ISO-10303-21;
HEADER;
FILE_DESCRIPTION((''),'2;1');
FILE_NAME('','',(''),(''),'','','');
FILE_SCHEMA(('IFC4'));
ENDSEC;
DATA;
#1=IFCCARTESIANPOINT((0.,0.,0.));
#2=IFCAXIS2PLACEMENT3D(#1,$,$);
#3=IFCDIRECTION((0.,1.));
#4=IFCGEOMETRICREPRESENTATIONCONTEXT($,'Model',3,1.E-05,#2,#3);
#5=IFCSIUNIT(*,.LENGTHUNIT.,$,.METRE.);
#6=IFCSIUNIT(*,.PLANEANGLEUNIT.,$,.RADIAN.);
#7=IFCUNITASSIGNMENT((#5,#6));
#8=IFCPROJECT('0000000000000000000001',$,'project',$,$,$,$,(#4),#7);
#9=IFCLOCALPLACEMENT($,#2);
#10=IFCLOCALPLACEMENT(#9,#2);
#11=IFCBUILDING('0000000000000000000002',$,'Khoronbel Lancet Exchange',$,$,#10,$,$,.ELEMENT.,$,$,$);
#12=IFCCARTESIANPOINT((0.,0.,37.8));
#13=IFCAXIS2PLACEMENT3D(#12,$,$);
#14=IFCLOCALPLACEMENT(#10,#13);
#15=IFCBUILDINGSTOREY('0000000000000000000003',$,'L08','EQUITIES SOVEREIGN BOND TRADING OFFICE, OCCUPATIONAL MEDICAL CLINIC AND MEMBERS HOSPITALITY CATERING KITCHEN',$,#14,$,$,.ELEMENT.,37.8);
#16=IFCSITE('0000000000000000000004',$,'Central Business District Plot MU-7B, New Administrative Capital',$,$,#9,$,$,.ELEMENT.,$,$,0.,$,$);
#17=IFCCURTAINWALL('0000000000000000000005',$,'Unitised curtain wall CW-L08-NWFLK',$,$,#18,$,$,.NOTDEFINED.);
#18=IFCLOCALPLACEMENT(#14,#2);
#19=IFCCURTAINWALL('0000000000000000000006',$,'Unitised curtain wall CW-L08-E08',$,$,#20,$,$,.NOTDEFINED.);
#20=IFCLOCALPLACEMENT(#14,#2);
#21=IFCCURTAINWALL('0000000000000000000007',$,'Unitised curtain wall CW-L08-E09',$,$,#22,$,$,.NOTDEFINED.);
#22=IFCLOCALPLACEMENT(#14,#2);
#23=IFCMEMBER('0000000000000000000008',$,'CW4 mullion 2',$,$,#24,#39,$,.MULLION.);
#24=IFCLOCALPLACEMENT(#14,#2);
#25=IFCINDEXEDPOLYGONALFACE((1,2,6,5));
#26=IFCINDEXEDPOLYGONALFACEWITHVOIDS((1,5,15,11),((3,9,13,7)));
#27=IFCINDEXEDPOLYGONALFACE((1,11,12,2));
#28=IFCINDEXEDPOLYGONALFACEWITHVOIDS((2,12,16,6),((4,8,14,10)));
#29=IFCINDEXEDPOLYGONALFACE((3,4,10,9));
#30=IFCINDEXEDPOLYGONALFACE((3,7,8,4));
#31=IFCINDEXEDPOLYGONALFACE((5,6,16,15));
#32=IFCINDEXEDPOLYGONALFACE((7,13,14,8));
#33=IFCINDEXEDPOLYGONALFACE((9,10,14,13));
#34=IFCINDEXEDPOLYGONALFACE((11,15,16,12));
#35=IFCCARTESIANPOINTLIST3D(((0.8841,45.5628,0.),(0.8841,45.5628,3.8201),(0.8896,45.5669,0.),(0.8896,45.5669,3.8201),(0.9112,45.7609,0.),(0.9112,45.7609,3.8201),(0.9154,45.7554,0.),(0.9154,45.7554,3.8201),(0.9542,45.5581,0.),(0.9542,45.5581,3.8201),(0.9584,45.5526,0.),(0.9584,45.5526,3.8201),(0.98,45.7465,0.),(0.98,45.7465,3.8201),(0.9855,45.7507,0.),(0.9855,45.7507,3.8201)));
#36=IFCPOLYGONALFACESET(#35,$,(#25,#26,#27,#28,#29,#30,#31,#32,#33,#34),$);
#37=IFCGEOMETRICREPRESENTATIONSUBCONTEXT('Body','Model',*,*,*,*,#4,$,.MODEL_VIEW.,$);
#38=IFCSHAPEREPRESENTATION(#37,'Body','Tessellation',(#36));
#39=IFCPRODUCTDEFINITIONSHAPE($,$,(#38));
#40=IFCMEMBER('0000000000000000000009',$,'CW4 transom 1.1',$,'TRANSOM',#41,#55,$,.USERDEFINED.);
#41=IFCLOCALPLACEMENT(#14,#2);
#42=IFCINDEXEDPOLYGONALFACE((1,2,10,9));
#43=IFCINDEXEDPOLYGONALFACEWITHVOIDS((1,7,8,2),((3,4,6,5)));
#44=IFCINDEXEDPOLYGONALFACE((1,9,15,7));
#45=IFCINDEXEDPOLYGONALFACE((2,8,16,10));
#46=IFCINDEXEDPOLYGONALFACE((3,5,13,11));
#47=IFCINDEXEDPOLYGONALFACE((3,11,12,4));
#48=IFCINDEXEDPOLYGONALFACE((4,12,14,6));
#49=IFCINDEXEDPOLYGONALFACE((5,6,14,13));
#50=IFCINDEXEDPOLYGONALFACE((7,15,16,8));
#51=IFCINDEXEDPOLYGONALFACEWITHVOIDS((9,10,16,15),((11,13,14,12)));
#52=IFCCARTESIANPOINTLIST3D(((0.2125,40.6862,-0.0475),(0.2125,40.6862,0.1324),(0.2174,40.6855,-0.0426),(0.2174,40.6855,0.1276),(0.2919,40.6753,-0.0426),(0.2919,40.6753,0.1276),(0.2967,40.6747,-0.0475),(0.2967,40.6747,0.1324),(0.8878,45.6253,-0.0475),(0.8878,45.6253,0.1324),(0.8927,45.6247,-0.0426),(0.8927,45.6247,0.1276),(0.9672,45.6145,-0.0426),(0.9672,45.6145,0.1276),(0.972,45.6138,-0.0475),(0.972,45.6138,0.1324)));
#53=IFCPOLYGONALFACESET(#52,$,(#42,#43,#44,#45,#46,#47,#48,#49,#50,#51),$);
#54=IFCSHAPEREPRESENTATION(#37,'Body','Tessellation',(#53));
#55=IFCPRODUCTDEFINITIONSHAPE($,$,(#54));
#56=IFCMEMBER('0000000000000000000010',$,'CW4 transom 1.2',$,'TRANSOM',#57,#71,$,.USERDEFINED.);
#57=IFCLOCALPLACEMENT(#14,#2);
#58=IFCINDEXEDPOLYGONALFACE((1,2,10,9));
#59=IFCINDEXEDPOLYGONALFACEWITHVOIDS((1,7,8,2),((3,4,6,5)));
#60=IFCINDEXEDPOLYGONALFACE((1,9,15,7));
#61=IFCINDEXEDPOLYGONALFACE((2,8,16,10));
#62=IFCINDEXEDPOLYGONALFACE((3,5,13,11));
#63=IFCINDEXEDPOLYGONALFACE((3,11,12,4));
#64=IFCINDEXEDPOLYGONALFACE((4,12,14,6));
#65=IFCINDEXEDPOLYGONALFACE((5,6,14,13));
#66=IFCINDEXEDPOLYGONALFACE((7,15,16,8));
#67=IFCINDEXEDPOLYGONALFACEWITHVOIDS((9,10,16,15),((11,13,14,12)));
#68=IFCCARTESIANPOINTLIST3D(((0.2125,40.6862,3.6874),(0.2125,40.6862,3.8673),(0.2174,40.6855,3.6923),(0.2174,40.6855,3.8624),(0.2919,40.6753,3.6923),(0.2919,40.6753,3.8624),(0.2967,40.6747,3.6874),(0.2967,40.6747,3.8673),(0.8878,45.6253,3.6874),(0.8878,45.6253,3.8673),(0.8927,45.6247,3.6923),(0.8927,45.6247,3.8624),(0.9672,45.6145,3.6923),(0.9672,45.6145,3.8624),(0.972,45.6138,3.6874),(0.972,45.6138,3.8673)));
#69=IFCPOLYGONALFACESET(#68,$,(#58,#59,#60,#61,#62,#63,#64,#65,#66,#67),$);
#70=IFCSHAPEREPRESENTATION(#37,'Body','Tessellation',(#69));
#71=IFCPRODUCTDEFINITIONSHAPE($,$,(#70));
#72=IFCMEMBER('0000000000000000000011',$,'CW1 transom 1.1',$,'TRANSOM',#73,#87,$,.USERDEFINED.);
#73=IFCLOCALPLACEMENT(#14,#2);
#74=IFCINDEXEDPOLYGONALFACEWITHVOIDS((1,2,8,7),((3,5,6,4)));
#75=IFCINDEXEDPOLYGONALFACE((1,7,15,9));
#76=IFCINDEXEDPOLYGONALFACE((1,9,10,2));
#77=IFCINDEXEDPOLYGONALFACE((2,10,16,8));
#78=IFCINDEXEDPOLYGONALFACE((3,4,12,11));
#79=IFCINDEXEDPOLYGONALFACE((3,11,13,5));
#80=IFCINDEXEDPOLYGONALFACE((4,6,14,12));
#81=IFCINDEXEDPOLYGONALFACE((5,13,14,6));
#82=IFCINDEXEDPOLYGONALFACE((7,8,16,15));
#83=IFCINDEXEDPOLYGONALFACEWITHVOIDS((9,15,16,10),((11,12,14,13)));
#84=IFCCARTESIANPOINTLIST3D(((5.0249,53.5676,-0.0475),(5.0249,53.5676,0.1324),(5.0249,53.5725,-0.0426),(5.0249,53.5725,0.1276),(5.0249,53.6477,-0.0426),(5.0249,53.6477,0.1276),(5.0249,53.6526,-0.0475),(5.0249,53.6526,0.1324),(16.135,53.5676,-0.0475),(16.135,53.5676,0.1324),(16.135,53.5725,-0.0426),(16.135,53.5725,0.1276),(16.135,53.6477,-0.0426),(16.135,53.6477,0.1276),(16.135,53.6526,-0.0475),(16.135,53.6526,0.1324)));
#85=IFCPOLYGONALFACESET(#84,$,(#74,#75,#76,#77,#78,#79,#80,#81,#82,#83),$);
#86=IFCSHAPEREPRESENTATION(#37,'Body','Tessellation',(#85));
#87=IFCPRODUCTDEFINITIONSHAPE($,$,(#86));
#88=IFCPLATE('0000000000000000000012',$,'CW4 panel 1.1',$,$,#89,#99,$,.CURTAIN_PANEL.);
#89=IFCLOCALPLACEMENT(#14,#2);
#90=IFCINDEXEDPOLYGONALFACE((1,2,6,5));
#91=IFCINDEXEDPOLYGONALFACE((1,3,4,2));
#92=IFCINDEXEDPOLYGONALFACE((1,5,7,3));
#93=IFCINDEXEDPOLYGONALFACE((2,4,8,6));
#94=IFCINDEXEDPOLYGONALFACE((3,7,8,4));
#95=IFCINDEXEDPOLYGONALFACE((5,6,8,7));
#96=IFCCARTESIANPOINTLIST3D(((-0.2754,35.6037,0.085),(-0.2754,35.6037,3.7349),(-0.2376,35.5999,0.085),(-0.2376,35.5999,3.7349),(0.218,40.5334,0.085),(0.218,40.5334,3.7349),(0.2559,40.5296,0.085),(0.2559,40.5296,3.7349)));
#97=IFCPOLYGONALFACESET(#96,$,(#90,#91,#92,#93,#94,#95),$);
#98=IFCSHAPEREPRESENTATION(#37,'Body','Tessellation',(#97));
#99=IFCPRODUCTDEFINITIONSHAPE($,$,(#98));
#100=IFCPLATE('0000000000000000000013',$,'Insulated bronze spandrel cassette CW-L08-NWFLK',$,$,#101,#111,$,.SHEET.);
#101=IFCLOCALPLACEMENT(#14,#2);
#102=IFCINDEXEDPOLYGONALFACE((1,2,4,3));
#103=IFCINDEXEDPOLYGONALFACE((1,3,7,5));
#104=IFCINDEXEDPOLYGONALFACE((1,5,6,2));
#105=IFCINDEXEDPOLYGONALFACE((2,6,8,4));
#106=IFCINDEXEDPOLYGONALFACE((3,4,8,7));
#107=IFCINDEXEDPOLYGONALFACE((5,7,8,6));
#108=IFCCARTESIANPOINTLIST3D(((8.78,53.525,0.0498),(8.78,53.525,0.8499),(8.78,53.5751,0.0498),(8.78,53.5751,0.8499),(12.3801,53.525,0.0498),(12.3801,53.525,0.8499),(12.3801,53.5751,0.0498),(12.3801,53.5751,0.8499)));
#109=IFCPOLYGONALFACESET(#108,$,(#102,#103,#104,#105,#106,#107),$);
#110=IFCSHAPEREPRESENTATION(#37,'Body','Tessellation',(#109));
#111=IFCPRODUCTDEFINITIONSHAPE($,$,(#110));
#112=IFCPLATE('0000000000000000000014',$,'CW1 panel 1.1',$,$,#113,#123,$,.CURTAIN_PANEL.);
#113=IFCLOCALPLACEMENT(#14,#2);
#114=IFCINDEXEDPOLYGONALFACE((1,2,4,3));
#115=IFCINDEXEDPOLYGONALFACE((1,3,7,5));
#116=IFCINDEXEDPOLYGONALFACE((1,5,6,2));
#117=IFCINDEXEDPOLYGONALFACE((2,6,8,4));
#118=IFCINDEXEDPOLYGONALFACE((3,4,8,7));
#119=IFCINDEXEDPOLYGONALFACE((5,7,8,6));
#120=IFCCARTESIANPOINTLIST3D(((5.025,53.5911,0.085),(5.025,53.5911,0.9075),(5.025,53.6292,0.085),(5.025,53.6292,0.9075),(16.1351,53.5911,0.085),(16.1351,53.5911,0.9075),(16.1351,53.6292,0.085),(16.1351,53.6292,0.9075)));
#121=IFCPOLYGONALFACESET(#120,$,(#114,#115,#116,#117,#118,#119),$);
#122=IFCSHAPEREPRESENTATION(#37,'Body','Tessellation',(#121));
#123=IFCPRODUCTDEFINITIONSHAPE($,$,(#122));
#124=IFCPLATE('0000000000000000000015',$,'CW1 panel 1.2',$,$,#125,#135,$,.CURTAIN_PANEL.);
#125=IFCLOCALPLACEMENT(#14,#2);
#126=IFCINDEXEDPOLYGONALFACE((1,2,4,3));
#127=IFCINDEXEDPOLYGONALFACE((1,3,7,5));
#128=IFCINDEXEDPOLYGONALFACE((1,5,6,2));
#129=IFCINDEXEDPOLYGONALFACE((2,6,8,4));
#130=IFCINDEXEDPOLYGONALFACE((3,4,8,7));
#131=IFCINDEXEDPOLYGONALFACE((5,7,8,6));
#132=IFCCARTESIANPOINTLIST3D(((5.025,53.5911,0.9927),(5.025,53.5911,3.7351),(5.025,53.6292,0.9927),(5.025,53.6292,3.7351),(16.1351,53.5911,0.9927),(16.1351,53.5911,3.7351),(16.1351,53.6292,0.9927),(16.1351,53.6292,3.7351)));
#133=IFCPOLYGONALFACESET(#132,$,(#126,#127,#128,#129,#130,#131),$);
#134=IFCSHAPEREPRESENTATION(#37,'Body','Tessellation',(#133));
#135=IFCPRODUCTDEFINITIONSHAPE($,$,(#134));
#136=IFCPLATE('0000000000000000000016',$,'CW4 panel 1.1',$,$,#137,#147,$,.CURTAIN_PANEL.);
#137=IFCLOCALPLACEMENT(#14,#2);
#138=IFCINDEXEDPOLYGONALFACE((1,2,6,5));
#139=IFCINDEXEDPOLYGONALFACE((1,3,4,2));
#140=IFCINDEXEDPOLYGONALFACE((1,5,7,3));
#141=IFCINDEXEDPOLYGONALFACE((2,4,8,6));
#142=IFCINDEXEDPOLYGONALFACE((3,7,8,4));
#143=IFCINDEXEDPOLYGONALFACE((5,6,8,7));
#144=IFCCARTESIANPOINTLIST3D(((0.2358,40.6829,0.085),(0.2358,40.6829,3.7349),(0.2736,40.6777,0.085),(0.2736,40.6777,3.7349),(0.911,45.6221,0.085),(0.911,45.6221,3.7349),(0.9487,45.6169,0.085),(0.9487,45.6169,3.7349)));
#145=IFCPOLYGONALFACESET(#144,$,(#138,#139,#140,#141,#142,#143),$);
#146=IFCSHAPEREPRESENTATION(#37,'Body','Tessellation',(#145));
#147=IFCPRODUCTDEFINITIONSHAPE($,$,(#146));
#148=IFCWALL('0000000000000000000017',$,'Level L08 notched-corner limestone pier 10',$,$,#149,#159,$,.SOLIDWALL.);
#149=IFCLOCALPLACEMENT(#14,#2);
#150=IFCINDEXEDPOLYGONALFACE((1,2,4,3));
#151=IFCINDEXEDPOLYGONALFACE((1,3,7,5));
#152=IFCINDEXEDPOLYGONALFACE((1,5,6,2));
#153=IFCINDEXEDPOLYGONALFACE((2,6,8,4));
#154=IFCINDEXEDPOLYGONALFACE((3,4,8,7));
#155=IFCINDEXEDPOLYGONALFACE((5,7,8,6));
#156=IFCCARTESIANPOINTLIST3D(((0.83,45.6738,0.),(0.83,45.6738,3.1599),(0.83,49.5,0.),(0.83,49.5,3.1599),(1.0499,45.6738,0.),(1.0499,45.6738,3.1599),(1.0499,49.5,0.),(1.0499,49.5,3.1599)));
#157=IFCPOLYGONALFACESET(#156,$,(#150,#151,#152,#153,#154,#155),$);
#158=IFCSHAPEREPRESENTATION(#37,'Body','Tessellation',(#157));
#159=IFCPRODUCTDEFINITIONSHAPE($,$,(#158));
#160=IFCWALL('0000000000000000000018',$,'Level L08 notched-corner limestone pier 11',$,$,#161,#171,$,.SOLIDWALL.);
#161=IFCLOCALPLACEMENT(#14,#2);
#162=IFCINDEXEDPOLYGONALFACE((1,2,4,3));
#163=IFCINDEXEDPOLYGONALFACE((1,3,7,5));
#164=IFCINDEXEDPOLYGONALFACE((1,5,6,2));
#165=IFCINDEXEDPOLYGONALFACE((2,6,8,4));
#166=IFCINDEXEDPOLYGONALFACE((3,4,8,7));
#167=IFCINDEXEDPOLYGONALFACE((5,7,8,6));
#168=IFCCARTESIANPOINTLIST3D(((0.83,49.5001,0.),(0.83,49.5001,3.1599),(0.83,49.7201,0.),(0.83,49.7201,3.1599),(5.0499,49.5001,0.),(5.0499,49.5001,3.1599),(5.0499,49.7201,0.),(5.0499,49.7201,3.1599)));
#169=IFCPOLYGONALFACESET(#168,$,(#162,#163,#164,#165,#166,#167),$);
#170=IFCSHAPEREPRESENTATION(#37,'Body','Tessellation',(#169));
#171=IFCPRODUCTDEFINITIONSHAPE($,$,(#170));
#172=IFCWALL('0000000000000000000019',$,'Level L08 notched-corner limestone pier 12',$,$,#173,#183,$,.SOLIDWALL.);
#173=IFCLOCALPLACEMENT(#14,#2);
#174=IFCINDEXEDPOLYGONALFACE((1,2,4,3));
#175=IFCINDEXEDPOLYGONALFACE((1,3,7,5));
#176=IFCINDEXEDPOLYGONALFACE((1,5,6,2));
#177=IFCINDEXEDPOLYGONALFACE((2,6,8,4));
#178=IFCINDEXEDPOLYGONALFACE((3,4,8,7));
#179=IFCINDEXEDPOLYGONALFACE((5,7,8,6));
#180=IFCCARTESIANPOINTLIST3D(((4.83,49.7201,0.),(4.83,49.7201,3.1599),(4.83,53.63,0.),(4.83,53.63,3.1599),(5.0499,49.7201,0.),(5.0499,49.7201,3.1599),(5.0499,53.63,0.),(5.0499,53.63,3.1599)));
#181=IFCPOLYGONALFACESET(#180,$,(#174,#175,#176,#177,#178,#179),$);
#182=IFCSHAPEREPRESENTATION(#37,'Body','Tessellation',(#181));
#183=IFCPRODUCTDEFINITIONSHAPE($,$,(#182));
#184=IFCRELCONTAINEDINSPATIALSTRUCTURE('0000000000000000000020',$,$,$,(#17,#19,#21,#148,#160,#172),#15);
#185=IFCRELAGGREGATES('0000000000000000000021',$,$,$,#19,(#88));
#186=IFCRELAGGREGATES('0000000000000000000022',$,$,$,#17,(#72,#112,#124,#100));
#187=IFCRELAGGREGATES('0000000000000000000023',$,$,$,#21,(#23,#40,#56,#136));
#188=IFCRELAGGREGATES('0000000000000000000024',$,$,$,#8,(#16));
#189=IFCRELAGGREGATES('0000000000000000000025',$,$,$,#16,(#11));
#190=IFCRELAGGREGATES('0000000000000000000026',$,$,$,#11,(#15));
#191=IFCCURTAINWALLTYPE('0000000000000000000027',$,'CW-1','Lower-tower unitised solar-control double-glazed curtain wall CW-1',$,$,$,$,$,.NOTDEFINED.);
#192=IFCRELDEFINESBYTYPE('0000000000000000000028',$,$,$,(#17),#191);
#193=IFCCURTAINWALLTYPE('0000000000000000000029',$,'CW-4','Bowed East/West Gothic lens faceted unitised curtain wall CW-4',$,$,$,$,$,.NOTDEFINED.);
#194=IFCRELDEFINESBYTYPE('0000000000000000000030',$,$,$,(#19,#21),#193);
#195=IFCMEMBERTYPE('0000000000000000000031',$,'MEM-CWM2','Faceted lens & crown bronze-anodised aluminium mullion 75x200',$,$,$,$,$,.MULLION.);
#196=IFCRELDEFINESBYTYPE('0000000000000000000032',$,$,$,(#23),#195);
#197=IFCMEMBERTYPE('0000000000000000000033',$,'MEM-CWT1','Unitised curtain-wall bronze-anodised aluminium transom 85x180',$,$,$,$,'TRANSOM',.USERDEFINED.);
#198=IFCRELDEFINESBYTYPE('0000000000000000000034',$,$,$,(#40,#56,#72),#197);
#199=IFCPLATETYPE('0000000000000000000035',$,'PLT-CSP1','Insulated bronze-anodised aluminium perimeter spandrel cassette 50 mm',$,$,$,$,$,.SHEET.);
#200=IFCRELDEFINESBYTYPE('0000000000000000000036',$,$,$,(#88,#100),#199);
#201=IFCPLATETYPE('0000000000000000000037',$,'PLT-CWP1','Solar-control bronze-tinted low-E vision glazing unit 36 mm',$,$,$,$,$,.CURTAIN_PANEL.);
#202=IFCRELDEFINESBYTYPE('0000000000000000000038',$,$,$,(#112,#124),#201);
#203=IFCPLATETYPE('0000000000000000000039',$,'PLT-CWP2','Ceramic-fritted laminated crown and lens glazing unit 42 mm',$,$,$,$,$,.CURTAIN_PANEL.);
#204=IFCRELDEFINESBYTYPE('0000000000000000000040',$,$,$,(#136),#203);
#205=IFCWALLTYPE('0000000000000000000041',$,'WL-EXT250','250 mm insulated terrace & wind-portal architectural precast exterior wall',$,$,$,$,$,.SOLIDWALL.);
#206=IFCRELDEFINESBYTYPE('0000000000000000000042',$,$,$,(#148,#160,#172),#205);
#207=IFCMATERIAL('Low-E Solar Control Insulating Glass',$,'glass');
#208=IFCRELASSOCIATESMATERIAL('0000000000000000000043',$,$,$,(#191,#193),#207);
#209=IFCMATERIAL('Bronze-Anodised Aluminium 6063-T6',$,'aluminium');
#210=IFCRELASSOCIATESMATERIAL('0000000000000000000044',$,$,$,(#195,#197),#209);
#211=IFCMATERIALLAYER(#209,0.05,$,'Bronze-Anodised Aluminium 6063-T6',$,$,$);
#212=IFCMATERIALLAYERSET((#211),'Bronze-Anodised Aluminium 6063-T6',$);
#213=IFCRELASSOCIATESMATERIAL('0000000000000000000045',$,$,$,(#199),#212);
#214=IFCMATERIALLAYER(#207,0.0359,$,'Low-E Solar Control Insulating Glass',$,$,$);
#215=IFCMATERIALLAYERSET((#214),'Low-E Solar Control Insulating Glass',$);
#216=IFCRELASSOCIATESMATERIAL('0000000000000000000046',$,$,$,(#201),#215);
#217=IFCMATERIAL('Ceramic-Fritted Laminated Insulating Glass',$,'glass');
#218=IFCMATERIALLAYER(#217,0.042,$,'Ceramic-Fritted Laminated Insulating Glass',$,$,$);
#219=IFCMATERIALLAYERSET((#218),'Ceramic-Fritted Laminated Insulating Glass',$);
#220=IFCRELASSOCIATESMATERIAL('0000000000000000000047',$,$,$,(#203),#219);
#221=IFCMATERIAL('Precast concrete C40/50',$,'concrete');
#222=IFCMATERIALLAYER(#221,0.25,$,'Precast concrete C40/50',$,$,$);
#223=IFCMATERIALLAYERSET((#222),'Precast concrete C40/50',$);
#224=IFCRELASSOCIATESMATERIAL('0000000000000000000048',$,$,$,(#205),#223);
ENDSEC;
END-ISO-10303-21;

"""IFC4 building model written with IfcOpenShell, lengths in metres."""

from ifc_helpers import new_model, si_unit, direction, frame, frame_2d, origin, origin_2d, place, context, subcontext, project, spatial, rectangle, hollow_rectangle, extrude, material, layer, layer_set, material_profile, profile_set, type_object, element, aggregate, save


model = new_model("IFC4")

# Units and contexts
model_context = context("Model", 3, precision=1e-05, world=origin(), true_north=direction((0.0, 1.0)))
body_context = subcontext(model_context, "Body", "Model", "MODEL_VIEW")
ifc_project = project(units=[si_unit("LENGTHUNIT", "METRE"), si_unit("PLANEANGLEUNIT", "RADIAN")], contexts=[model_context])

# Site, building, storey
site_placement = place(None, origin())
site = spatial("IfcSite", under=ifc_project, at=site_placement, Name="Central Business District Plot MU-7B, New Administrative Capital", CompositionType="ELEMENT", RefElevation=0.0)
building_placement = place(site_placement, origin())
building = spatial("IfcBuilding", under=site, at=building_placement, Name="Khoronbel Lancet Exchange", CompositionType="ELEMENT")
storey_placement = place(building_placement, frame((0.0, 0.0, 37.8)))
storey = spatial("IfcBuildingStorey", under=building, at=storey_placement, Name="L08", Description="EQUITIES SOVEREIGN BOND TRADING OFFICE, OCCUPATIONAL MEDICAL CLINIC AND MEMBERS HOSPITALITY CATERING KITCHEN", CompositionType="ELEMENT", Elevation=37.8)

# Curtain walls
ifc_material_1 = material(Name="Low-E Solar Control Insulating Glass", Category="glass")
curtain_wall_type_1 = type_object("IfcCurtainWallType", Name="CW-1", Description="Lower-tower unitised solar-control double-glazed curtain wall CW-1", PredefinedType="NOTDEFINED", material=ifc_material_1)
curtain_wall_1_placement = place(storey_placement, origin())
curtain_wall_1 = element("IfcCurtainWall", 1, at=curtain_wall_1_placement, inside=storey, type_object=curtain_wall_type_1, Name="Unitised curtain wall CW-L08-NWFLK", PredefinedType="NOTDEFINED")
ifc_material_2 = material(Name="Bronze-Anodised Aluminium 6063-T6", Category="aluminium")
curtain_wall_type_2 = type_object("IfcCurtainWallType", Name="CW-4", Description="Bowed East/West Gothic lens faceted unitised curtain wall CW-4", PredefinedType="NOTDEFINED", material=ifc_material_1)
curtain_wall_2_placement = place(storey_placement, origin())
curtain_wall_2 = element("IfcCurtainWall", 2, at=curtain_wall_2_placement, inside=storey, type_object=curtain_wall_type_2, Name="Unitised curtain wall CW-L08-E08", PredefinedType="NOTDEFINED")
ifc_material_profile_1 = material_profile(ifc_material_2, hollow_rectangle(XDim=0.075, YDim=0.2, WallThickness=0.0049, at=origin_2d()), Name="ALU MULLION 75x200")
ifc_profile_set_1 = profile_set([ifc_material_profile_1], Name="Bronze-Anodised Aluminium 6063-T6")
member_type_1 = type_object("IfcMemberType", Name="MEM-CWM2", Description="Faceted lens & crown bronze-anodised aluminium mullion 75x200", PredefinedType="MULLION", material=ifc_profile_set_1)

# Curtain wall, members
curtain_wall_3_placement = place(storey_placement, origin())
curtain_wall_3 = element("IfcCurtainWall", 3, at=curtain_wall_3_placement, inside=storey, type_object=curtain_wall_type_2, Name="Unitised curtain wall CW-L08-E09", PredefinedType="NOTDEFINED")
member_1_placement = place(storey_placement, frame((0.9348, 45.6567, 0.0), z_axis=(0.0, 0.0, 1.0), x_axis=(-0.990786, 0.13544, 0.0)))
member_1 = element("IfcMember", 4, at=member_1_placement, type_object=member_type_1, Name="CW4 mullion 2", PredefinedType="MULLION", context=body_context, shape_type="SweptSolid", body=[
    extrude(hollow_rectangle(XDim=0.075, YDim=0.2, WallThickness=0.0049, at=origin_2d()), origin(), (0.0, 0.0, 1.0), 3.8201),
])
ifc_material_profile_2 = material_profile(ifc_material_2, hollow_rectangle(XDim=0.085, YDim=0.1799, WallThickness=0.0049, at=origin_2d()), Name="ALU TRANSOM 85x180")
ifc_profile_set_2 = profile_set([ifc_material_profile_2], Name="Bronze-Anodised Aluminium 6063-T6")
member_type_2 = type_object("IfcMemberType", Name="MEM-CWT1", Description="Unitised curtain-wall bronze-anodised aluminium transom 85x180", ElementType="TRANSOM", PredefinedType="USERDEFINED", material=ifc_profile_set_2)
member_2_placement = place(storey_placement, frame((0.2546, 40.6804, 0.0425), z_axis=(0.135461, 0.990783, 0.0), x_axis=(-0.990783, 0.135461, 0.0)))
member_2 = element("IfcMember", 5, at=member_2_placement, type_object=member_type_2, Name="CW4 transom 1.1", ObjectType="TRANSOM", PredefinedType="USERDEFINED", context=body_context, shape_type="SweptSolid", body=[
    extrude(hollow_rectangle(XDim=0.085, YDim=0.1799, WallThickness=0.0049, at=origin_2d()), origin(), (0.0, 0.0, 1.0), 4.9851),
])
member_3_placement = place(storey_placement, frame((0.2546, 40.6804, 3.7773), z_axis=(0.135461, 0.990783, 0.0), x_axis=(-0.990783, 0.135461, 0.0)))
member_3 = element("IfcMember", 6, at=member_3_placement, type_object=member_type_2, Name="CW4 transom 1.2", ObjectType="TRANSOM", PredefinedType="USERDEFINED", context=body_context, shape_type="SweptSolid", body=[
    extrude(hollow_rectangle(XDim=0.085, YDim=0.1799, WallThickness=0.0049, at=origin_2d()), origin(), (0.0, 0.0, 1.0), 4.9851),
])

# Member
member_4_placement = place(storey_placement, frame((16.135, 53.6101, 0.0425), z_axis=(-1.0, 0.0, 0.0), x_axis=(0.0, -1.0, 0.0)))
member_4 = element("IfcMember", 7, at=member_4_placement, type_object=member_type_2, Name="CW1 transom 1.1", ObjectType="TRANSOM", PredefinedType="USERDEFINED", context=body_context, shape_type="SweptSolid", body=[
    extrude(hollow_rectangle(XDim=0.085, YDim=0.1799, WallThickness=0.0049, at=origin_2d()), origin(), (0.0, 0.0, 1.0), 11.1101),
])

# Plates
ifc_layer_1 = layer(ifc_material_2, 0.05, Name="Bronze-Anodised Aluminium 6063-T6")
ifc_layer_set_1 = layer_set([ifc_layer_1], Name="Bronze-Anodised Aluminium 6063-T6")
plate_type_1 = type_object("IfcPlateType", Name="PLT-CSP1", Description="Insulated bronze-anodised aluminium perimeter spandrel cassette 50 mm", PredefinedType="SHEET", material=ifc_layer_set_1)
plate_1_placement = place(storey_placement, frame((-0.0098, 38.0667, 0.085), z_axis=(0.0, 0.0, 1.0), x_axis=(0.099603, 0.995027, 0.0)))
plate_1 = element("IfcPlate", 8, at=plate_1_placement, type_object=plate_type_1, Name="CW4 panel 1.1", PredefinedType="CURTAIN_PANEL", context=body_context, shape_type="SweptSolid", body=[
    extrude(rectangle(XDim=4.9543, YDim=0.0381, at=origin_2d()), origin(), (0.0, 0.0, 1.0), 3.6499),
])
aggregate(curtain_wall_2, [plate_1])
plate_2_placement = place(storey_placement, frame((10.5801, 53.55, 0.0498), z_axis=(0.0, 0.0, 1.0), x_axis=(-1.0, 0.0, 0.0)))
plate_2 = element("IfcPlate", 9, at=plate_2_placement, type_object=plate_type_1, Name="Insulated bronze spandrel cassette CW-L08-NWFLK", PredefinedType="SHEET", context=body_context, shape_type="SweptSolid", body=[
    extrude(rectangle(XDim=3.6001, YDim=0.05, at=origin_2d()), origin(), (0.0, 0.0, 1.0), 0.8),
])
ifc_layer_2 = layer(ifc_material_1, 0.0359, Name="Low-E Solar Control Insulating Glass")
ifc_layer_set_2 = layer_set([ifc_layer_2], Name="Low-E Solar Control Insulating Glass")
plate_type_2 = type_object("IfcPlateType", Name="PLT-CWP1", Description="Solar-control bronze-tinted low-E vision glazing unit 36 mm", PredefinedType="CURTAIN_PANEL", material=ifc_layer_set_2)
plate_3_placement = place(storey_placement, frame((10.5801, 53.6101, 0.085), z_axis=(0.0, 0.0, 1.0), x_axis=(-1.0, 0.0, 0.0)))
plate_3 = element("IfcPlate", 10, at=plate_3_placement, type_object=plate_type_2, Name="CW1 panel 1.1", PredefinedType="CURTAIN_PANEL", context=body_context, shape_type="SweptSolid", body=[
    extrude(rectangle(XDim=11.1101, YDim=0.0381, at=origin_2d()), origin(), (0.0, 0.0, 1.0), 0.8225),
])
plate_4_placement = place(storey_placement, frame((10.5801, 53.6101, 0.9927), z_axis=(0.0, 0.0, 1.0), x_axis=(-1.0, 0.0, 0.0)))
plate_4 = element("IfcPlate", 11, at=plate_4_placement, type_object=plate_type_2, Name="CW1 panel 1.2", PredefinedType="CURTAIN_PANEL", context=body_context, shape_type="SweptSolid", body=[
    extrude(rectangle(XDim=11.1101, YDim=0.0381, at=origin_2d()), origin(), (0.0, 0.0, 1.0), 2.7424),
])
aggregate(curtain_wall_1, [member_4, plate_3, plate_4, plate_2])
ifc_material_3 = material(Name="Ceramic-Fritted Laminated Insulating Glass", Category="glass")
ifc_layer_3 = layer(ifc_material_3, 0.042, Name="Ceramic-Fritted Laminated Insulating Glass")
ifc_layer_set_3 = layer_set([ifc_layer_3], Name="Ceramic-Fritted Laminated Insulating Glass")
plate_type_3 = type_object("IfcPlateType", Name="PLT-CWP2", Description="Ceramic-fritted laminated crown and lens glazing unit 42 mm", PredefinedType="CURTAIN_PANEL", material=ifc_layer_set_3)
plate_5_placement = place(storey_placement, frame((0.5923, 43.1499, 0.085), z_axis=(0.0, 0.0, 1.0), x_axis=(0.13544, 0.990786, 0.0)))
plate_5 = element("IfcPlate", 12, at=plate_5_placement, type_object=plate_type_3, Name="CW4 panel 1.1", PredefinedType="CURTAIN_PANEL", context=body_context, shape_type="SweptSolid", body=[
    extrude(rectangle(XDim=4.9851, YDim=0.0381, at=origin_2d()), origin(), (0.0, 0.0, 1.0), 3.6499),
])
aggregate(curtain_wall_3, [member_1, member_2, member_3, plate_5])

# Walls
ifc_material_4 = material(Name="Precast concrete C40/50", Category="concrete")
ifc_layer_4 = layer(ifc_material_4, 0.25, Name="Precast concrete C40/50")
ifc_layer_set_4 = layer_set([ifc_layer_4], Name="Precast concrete C40/50")
wall_type_1 = type_object("IfcWallType", Name="WL-EXT250", Description="250 mm insulated terrace & wind-portal architectural precast exterior wall", PredefinedType="SOLIDWALL", material=ifc_layer_set_4)
wall_1_placement = place(storey_placement, frame((0.9399, 45.6738, 0.0), z_axis=(0.0, 0.0, 1.0), x_axis=(0.0, 1.0, 0.0)))
element("IfcWall", 13, at=wall_1_placement, inside=storey, type_object=wall_type_1, Name="Level L08 notched-corner limestone pier 10", PredefinedType="SOLIDWALL", context=body_context, shape_type="SweptSolid", body=[
    extrude(rectangle(XDim=3.8262, YDim=0.22, at=frame_2d((1.9131, 0.0))), origin(), (0.0, 0.0, 1.0), 3.1599),
])
wall_2_placement = place(storey_placement, frame((0.8301, 49.6101, 0.0), z_axis=(0.0, 0.0, 1.0), x_axis=(1.0, 0.0, 0.0)))
element("IfcWall", 14, at=wall_2_placement, inside=storey, type_object=wall_type_1, Name="Level L08 notched-corner limestone pier 11", PredefinedType="SOLIDWALL", context=body_context, shape_type="SweptSolid", body=[
    extrude(rectangle(XDim=4.22, YDim=0.22, at=frame_2d((2.1099, 0.0))), origin(), (0.0, 0.0, 1.0), 3.1599),
])
wall_3_placement = place(storey_placement, frame((4.9399, 49.72, 0.0), z_axis=(0.0, 0.0, 1.0), x_axis=(0.0, 1.0, 0.0)))
element("IfcWall", 15, at=wall_3_placement, inside=storey, type_object=wall_type_1, Name="Level L08 notched-corner limestone pier 12", PredefinedType="SOLIDWALL", context=body_context, shape_type="SweptSolid", body=[
    extrude(rectangle(XDim=3.9099, YDim=0.22, at=frame_2d((1.9551, 0.0))), origin(), (0.0, 0.0, 1.0), 3.1599),
])

save(model, "model.ifc")
